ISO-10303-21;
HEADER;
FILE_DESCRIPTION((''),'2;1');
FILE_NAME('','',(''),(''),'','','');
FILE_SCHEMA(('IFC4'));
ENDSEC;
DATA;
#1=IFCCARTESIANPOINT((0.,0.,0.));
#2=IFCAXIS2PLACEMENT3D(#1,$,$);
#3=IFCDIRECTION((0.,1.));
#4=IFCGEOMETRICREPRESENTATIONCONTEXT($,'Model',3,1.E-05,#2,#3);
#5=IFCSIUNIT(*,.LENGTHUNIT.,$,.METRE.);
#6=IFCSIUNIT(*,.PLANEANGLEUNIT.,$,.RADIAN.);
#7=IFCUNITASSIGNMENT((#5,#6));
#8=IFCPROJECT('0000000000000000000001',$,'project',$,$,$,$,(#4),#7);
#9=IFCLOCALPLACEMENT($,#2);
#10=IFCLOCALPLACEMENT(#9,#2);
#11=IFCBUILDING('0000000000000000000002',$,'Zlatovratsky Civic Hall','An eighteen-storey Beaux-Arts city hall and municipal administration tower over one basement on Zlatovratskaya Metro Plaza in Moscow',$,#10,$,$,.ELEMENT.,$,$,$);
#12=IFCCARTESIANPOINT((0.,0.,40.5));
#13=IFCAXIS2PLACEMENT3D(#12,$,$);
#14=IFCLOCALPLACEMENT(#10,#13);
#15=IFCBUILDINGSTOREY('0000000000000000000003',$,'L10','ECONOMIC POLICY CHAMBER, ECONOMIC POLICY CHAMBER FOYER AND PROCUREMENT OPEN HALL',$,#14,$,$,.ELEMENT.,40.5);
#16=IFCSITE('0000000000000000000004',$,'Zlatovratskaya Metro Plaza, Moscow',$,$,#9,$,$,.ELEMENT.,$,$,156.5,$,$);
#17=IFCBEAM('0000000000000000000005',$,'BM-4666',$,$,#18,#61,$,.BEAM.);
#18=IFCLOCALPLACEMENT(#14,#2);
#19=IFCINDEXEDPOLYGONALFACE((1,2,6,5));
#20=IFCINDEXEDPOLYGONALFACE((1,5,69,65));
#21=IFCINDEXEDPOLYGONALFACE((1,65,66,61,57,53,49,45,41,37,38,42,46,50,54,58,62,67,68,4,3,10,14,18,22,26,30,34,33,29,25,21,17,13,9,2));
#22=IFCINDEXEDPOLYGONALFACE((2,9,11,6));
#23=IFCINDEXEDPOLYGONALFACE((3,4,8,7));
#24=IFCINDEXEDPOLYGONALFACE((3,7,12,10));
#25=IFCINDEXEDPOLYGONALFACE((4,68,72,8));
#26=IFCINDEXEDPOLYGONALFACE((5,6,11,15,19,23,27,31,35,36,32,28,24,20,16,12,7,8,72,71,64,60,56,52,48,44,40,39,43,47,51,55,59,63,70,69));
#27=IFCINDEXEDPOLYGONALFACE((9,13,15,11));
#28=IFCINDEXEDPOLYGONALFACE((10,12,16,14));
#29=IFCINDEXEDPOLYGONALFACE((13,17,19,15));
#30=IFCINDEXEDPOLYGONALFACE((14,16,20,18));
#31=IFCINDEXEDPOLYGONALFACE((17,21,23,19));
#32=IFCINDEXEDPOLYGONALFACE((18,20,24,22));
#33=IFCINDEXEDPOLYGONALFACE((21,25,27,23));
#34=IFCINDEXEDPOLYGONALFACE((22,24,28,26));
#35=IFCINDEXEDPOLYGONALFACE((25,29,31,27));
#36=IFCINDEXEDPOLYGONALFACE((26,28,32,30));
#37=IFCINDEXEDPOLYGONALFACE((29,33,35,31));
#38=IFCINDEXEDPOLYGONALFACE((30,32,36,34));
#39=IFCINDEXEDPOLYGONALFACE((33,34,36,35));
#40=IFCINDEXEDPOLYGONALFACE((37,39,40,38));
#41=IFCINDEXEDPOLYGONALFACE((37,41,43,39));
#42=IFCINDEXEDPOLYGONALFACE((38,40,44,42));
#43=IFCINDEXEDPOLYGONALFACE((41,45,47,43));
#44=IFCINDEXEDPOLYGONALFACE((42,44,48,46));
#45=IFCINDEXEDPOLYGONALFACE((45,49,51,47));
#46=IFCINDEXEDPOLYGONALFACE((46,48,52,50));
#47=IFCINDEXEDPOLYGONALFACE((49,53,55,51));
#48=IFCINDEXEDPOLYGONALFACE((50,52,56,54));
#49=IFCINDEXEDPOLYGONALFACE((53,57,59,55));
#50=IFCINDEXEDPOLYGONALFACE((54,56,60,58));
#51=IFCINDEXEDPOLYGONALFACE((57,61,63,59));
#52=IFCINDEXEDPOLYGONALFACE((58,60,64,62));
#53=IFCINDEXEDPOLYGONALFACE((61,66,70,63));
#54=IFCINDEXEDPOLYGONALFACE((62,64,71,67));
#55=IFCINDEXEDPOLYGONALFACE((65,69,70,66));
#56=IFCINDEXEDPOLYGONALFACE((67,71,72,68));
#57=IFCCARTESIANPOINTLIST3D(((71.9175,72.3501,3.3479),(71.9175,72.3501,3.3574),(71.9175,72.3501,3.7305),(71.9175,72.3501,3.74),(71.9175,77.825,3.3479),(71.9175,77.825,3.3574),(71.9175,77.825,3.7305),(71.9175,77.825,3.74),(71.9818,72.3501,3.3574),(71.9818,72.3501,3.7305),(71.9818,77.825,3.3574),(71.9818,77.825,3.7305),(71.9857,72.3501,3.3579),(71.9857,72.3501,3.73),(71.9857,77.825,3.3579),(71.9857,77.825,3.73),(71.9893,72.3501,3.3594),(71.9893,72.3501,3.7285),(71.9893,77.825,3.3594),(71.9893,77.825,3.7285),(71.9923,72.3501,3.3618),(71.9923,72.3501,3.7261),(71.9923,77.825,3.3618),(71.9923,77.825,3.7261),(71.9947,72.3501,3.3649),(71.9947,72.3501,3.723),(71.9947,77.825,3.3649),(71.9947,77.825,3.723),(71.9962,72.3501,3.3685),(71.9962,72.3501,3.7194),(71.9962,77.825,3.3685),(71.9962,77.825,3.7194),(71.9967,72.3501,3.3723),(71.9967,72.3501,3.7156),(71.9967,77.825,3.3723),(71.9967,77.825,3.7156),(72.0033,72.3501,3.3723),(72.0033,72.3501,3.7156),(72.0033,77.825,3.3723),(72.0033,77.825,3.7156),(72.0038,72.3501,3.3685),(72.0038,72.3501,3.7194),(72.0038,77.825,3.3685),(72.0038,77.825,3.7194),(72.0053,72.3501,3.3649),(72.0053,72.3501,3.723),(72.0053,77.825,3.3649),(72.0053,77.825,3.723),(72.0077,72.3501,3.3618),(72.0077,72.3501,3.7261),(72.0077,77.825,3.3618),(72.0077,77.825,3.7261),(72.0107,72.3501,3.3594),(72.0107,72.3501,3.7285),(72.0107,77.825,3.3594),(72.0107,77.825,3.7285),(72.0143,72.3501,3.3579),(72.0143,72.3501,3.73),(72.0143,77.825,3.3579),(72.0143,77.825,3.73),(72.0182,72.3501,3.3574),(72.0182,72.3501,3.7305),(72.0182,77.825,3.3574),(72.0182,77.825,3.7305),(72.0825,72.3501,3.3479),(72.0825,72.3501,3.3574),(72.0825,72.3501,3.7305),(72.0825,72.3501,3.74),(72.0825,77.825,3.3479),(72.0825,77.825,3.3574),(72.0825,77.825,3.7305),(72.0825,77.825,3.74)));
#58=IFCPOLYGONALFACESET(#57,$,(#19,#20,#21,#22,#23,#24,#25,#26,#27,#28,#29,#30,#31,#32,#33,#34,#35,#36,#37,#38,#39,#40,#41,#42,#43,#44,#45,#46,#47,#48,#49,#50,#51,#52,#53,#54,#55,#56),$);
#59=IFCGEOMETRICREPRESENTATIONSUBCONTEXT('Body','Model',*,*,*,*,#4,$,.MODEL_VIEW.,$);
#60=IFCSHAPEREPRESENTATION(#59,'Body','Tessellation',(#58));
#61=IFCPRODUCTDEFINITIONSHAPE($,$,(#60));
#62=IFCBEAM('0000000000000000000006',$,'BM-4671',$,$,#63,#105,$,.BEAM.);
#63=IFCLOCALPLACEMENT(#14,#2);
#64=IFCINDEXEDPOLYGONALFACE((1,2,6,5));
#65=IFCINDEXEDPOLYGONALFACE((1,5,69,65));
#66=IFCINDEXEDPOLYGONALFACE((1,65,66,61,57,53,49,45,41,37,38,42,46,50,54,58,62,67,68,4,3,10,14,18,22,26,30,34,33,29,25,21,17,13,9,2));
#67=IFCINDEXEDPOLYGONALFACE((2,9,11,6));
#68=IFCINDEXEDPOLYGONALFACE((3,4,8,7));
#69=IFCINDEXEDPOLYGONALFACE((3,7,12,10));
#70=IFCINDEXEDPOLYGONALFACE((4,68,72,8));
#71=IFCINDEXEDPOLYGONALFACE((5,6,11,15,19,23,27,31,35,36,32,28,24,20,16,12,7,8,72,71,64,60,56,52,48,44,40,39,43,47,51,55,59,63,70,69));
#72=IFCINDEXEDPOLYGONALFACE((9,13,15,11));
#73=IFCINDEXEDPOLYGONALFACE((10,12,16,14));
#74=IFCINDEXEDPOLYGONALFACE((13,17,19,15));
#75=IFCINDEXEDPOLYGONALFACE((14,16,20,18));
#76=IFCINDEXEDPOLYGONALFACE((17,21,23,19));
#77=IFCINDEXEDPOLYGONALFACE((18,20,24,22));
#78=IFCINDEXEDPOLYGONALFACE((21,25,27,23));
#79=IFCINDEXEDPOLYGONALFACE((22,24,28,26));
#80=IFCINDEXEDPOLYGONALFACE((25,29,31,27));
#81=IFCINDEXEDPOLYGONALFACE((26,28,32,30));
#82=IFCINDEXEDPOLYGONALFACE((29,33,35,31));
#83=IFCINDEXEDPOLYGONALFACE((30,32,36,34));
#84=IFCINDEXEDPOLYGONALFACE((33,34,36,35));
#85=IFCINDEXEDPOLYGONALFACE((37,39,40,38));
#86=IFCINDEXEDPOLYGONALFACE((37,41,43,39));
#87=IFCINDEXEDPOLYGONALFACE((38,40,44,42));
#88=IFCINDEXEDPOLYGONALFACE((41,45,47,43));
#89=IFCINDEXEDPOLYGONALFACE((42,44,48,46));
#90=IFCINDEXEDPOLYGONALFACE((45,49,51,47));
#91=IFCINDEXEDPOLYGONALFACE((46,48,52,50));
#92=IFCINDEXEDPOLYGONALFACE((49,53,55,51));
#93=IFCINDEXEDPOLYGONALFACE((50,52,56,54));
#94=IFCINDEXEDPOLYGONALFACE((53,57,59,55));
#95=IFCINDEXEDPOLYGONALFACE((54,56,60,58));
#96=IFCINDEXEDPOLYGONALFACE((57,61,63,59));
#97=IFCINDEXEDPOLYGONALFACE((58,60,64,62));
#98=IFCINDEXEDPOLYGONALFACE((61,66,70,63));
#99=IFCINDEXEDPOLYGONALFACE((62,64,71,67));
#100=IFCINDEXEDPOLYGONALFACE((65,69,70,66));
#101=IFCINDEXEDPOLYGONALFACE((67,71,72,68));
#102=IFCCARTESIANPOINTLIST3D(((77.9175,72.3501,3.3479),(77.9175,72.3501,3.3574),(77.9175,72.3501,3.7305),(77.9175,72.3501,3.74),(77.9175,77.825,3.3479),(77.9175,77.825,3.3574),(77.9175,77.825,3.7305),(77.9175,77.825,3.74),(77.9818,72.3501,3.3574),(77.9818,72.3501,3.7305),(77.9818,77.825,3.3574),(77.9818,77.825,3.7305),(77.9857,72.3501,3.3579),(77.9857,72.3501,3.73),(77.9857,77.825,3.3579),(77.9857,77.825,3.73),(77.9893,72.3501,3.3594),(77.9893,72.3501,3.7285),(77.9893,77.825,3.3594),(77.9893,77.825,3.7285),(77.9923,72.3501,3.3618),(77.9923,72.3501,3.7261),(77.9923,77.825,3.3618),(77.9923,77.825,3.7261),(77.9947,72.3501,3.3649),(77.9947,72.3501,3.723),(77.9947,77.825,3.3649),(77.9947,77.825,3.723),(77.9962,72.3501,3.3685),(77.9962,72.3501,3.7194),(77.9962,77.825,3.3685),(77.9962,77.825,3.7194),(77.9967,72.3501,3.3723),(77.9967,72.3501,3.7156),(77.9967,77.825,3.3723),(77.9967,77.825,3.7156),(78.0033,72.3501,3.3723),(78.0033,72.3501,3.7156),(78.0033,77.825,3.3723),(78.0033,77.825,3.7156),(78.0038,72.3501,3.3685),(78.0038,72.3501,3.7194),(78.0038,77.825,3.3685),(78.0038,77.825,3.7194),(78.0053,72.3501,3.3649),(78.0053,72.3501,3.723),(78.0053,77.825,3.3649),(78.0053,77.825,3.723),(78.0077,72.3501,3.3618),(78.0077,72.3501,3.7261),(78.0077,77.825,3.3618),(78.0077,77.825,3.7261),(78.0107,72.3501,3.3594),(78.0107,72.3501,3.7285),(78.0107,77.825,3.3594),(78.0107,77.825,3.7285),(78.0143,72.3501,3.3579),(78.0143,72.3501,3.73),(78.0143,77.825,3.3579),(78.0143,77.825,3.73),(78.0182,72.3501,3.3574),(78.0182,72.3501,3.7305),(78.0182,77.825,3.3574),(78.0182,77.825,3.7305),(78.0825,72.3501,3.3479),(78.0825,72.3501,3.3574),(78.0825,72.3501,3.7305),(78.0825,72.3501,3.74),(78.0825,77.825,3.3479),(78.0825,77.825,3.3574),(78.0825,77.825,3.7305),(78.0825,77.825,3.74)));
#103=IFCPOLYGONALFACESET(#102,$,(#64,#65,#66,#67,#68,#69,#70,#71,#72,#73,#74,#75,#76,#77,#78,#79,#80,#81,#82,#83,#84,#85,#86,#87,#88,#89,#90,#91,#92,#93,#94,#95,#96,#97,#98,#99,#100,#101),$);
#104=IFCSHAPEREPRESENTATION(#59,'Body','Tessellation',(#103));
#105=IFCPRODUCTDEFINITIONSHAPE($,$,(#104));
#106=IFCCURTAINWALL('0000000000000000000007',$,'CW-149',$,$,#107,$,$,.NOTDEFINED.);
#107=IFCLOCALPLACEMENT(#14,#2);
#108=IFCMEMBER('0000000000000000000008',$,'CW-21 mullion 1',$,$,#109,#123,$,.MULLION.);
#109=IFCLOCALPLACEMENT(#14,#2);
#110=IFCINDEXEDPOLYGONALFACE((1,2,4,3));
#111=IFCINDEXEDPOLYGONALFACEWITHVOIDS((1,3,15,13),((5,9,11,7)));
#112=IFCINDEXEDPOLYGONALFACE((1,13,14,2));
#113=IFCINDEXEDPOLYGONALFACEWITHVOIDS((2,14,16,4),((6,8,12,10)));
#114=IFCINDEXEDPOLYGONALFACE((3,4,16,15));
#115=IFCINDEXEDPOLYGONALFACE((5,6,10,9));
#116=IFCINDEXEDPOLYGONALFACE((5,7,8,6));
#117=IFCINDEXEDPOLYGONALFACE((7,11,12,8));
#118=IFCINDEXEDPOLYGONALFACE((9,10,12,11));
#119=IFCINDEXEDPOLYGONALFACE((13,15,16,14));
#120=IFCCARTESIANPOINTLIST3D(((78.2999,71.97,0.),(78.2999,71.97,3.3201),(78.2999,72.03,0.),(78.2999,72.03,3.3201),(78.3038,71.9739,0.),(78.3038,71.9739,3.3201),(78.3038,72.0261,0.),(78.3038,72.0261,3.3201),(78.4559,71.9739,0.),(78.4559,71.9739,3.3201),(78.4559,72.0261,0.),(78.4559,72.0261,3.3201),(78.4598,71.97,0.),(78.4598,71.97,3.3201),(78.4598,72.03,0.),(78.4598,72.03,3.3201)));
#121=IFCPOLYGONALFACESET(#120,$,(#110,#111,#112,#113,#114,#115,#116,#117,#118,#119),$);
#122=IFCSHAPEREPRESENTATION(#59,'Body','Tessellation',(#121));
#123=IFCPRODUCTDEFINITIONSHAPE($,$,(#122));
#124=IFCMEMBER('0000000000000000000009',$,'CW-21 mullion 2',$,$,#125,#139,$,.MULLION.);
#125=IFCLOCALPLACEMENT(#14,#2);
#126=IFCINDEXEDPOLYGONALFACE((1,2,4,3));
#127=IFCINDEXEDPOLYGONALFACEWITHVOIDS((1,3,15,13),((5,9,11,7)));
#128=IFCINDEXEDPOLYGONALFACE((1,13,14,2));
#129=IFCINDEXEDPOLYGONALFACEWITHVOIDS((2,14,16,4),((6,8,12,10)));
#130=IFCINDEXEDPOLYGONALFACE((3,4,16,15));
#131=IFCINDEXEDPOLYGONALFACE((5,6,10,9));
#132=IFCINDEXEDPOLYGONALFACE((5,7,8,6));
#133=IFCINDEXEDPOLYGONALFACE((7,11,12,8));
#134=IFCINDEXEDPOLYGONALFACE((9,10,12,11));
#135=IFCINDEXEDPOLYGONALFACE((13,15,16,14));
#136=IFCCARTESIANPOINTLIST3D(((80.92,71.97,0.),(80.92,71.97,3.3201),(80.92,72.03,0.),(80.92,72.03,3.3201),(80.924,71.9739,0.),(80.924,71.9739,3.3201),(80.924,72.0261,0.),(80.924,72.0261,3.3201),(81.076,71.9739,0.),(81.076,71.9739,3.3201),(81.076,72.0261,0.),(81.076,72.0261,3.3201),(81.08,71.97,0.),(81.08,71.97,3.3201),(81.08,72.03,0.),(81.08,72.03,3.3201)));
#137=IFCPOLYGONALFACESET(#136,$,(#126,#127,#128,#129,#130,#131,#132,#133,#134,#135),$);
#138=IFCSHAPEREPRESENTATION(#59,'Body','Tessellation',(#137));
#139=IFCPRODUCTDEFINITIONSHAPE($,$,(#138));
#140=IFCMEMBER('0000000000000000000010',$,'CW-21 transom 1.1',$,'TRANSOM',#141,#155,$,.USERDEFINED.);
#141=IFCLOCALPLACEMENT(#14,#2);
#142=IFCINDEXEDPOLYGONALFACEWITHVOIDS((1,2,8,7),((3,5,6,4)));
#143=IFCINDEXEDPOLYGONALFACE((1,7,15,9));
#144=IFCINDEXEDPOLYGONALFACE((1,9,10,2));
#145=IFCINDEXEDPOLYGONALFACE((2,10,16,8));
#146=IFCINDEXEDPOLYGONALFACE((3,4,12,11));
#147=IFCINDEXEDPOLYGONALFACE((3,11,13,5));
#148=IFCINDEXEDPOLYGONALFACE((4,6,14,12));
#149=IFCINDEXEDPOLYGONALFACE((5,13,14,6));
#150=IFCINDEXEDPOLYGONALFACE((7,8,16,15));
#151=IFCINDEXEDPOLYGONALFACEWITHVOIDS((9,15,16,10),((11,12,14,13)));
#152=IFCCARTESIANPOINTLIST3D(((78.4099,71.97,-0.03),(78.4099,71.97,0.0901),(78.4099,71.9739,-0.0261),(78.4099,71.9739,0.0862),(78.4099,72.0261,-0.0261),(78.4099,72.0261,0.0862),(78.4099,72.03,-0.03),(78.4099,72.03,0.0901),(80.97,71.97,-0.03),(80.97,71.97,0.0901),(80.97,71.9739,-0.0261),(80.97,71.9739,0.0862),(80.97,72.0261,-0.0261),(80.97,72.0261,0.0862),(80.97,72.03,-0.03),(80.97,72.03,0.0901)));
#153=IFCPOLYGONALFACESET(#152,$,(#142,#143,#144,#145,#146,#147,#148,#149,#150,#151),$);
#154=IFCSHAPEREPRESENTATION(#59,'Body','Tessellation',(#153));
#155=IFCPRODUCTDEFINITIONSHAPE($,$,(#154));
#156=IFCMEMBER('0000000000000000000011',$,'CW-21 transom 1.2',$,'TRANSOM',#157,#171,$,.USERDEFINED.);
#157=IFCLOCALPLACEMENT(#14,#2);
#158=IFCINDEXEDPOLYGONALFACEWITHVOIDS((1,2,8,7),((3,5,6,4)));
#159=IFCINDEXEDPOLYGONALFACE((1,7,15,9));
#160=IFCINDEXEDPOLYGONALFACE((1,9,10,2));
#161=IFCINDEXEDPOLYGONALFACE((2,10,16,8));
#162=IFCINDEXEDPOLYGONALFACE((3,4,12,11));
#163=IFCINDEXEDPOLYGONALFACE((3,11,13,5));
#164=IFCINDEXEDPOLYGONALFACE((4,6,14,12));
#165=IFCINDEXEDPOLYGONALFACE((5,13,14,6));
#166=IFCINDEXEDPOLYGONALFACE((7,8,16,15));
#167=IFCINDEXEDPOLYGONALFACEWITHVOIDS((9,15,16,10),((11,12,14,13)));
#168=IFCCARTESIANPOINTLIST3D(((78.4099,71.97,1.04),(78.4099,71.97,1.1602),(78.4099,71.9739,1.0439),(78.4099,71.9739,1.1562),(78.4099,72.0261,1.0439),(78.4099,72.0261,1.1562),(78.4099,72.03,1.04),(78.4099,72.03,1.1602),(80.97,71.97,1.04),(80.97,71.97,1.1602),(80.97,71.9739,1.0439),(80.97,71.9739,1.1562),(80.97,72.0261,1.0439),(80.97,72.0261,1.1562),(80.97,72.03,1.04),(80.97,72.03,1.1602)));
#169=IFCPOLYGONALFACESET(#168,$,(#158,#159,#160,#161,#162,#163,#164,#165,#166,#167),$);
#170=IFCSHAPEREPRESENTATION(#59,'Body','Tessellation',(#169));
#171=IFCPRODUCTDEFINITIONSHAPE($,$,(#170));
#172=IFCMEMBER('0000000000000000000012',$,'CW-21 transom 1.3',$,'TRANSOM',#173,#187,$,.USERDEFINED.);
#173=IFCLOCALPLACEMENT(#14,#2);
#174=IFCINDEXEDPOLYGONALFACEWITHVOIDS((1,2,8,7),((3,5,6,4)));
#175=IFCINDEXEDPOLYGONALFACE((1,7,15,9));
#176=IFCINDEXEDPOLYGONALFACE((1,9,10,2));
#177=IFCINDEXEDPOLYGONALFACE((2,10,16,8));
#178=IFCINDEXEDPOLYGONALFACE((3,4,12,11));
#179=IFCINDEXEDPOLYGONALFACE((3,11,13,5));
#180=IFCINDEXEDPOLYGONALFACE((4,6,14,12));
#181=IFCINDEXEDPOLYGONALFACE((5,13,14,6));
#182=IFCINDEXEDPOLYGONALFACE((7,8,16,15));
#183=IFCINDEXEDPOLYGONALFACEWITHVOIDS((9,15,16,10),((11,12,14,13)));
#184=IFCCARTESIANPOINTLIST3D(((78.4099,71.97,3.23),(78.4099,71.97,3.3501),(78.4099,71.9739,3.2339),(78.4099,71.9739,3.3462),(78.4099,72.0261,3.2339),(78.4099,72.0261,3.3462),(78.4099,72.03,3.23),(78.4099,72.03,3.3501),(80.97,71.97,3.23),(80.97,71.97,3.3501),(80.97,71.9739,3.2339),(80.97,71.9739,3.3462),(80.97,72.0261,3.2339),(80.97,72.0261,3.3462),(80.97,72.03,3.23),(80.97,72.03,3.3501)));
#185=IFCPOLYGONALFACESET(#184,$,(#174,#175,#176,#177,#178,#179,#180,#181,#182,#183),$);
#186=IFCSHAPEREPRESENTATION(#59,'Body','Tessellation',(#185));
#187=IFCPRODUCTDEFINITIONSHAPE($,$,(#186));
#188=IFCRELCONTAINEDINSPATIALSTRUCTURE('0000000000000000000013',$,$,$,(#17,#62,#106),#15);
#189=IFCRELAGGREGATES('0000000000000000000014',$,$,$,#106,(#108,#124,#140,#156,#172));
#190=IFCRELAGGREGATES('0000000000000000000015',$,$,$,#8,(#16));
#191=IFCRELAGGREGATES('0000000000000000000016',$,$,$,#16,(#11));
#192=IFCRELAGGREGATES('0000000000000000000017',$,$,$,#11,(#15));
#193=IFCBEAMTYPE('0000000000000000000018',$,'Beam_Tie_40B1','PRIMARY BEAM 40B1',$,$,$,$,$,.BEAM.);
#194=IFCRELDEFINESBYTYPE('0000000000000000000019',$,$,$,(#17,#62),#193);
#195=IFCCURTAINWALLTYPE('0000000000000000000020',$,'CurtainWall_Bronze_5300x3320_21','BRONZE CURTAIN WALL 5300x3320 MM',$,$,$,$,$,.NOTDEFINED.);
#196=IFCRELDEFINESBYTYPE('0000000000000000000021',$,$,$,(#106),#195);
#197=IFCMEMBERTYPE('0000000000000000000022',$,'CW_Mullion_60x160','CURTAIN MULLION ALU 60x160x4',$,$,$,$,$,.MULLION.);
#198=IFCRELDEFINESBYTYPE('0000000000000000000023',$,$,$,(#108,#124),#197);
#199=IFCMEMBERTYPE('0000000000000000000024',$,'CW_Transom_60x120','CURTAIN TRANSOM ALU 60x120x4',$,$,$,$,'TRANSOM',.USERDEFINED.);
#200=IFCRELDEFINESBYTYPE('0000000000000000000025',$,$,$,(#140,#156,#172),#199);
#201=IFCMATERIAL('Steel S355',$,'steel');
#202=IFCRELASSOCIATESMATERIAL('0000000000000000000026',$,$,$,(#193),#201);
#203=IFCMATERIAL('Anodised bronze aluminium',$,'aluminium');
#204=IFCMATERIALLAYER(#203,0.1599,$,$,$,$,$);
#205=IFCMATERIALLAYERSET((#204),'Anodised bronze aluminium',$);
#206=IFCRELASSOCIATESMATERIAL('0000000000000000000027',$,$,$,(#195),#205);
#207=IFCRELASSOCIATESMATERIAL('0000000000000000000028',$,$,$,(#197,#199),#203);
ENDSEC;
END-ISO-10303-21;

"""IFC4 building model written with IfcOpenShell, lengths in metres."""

from ifc_helpers import new_model, si_unit, direction, frame, origin, origin_2d, place, context, subcontext, project, spatial, hollow_rectangle, i_section, extrude, material, layer, layer_set, material_profile, profile_set, type_object, element, aggregate, save


model = new_model("IFC4")

# Units and contexts
model_context = context("Model", 3, precision=1e-05, world=origin(), true_north=direction((0.0, 1.0)))
body_context = subcontext(model_context, "Body", "Model", "MODEL_VIEW")
ifc_project = project(units=[si_unit("LENGTHUNIT", "METRE"), si_unit("PLANEANGLEUNIT", "RADIAN")], contexts=[model_context])

# Site, building, storey
site_placement = place(None, origin())
site = spatial("IfcSite", under=ifc_project, at=site_placement, Name="Zlatovratskaya Metro Plaza, Moscow", CompositionType="ELEMENT", RefElevation=156.5)
building_placement = place(site_placement, origin())
building = spatial("IfcBuilding", under=site, at=building_placement, Name="Zlatovratsky Civic Hall", Description="An eighteen-storey Beaux-Arts city hall and municipal administration tower over one basement on Zlatovratskaya Metro Plaza in Moscow", CompositionType="ELEMENT")
storey_placement = place(building_placement, frame((0.0, 0.0, 40.5)))
storey = spatial("IfcBuildingStorey", under=building, at=storey_placement, Name="L10", Description="ECONOMIC POLICY CHAMBER, ECONOMIC POLICY CHAMBER FOYER AND PROCUREMENT OPEN HALL", CompositionType="ELEMENT", Elevation=40.5)

# Shared definitions
ifc_material_1 = material(Name="Steel S355", Category="steel")

# Beams
ifc_material_profile_1 = material_profile(ifc_material_1, i_section(OverallWidth=0.165, OverallDepth=0.3921, WebThickness=0.0066, FlangeThickness=0.0095, FilletRadius=0.0149, at=origin_2d()), Name="40B1")
ifc_profile_set_1 = profile_set([ifc_material_profile_1], Name="Steel S355")
beam_type_1 = type_object("IfcBeamType", Name="Beam_Tie_40B1", Description="PRIMARY BEAM 40B1", PredefinedType="BEAM", material=ifc_profile_set_1)
for number, where, z_axis, x_axis, name in (
    (1, (72.0, 72.3501, 3.5439), (0.0, 1.0, 0.0), (-1.0, 0.0, 0.0), "BM-4666"),
    (2, (78.0, 72.3501, 3.5439), (0.0, 1.0, 0.0), (-1.0, 0.0, 0.0), "BM-4671"),
):
    element("IfcBeam", number, at=place(storey_placement, frame(where, z_axis=z_axis, x_axis=x_axis)), inside=storey, type_object=beam_type_1, Name=name, PredefinedType="BEAM", context=body_context, shape_type="SweptSolid", body=[
        extrude(i_section(OverallWidth=0.165, OverallDepth=0.3921, WebThickness=0.0066, FlangeThickness=0.0095, FilletRadius=0.0149, at=origin_2d()), origin(), (0.0, 0.0, 1.0), 5.4749),
    ])

# Curtain wall, members
ifc_material_2 = material(Name="Anodised bronze aluminium", Category="aluminium")
ifc_layer_1 = layer(ifc_material_2, 0.1599)
ifc_layer_set_1 = layer_set([ifc_layer_1], Name="Anodised bronze aluminium")
curtain_wall_type = type_object("IfcCurtainWallType", Name="CurtainWall_Bronze_5300x3320_21", Description="BRONZE CURTAIN WALL 5300x3320 MM", PredefinedType="NOTDEFINED", material=ifc_layer_set_1)
curtain_wall_placement = place(storey_placement, origin())
curtain_wall = element("IfcCurtainWall", 3, at=curtain_wall_placement, inside=storey, type_object=curtain_wall_type, Name="CW-149", PredefinedType="NOTDEFINED")
ifc_material_profile_2 = material_profile(ifc_material_2, hollow_rectangle(XDim=0.0601, YDim=0.1599, WallThickness=0.0039, at=origin_2d()), Name="ALU 60x160x4")
ifc_profile_set_2 = profile_set([ifc_material_profile_2], Name="Anodised bronze aluminium")
member_type_1 = type_object("IfcMemberType", Name="CW_Mullion_60x160", Description="CURTAIN MULLION ALU 60x160x4", PredefinedType="MULLION", material=ifc_profile_set_2)
member_1_placement = place(storey_placement, frame((78.3799, 72.0, 0.0), z_axis=(0.0, 0.0, 1.0), x_axis=(0.0, 1.0, 0.0)))
member_1 = element("IfcMember", 4, at=member_1_placement, type_object=member_type_1, Name="CW-21 mullion 1", PredefinedType="MULLION", context=body_context, shape_type="SweptSolid", body=[
    extrude(hollow_rectangle(XDim=0.0601, YDim=0.1599, WallThickness=0.0039, at=origin_2d()), origin(), (0.0, 0.0, 1.0), 3.3201),
])
member_2_placement = place(storey_placement, frame((81.0, 72.0, 0.0), z_axis=(0.0, 0.0, 1.0), x_axis=(0.0, 1.0, 0.0)))
member_2 = element("IfcMember", 5, at=member_2_placement, type_object=member_type_1, Name="CW-21 mullion 2", PredefinedType="MULLION", context=body_context, shape_type="SweptSolid", body=[
    extrude(hollow_rectangle(XDim=0.0601, YDim=0.1599, WallThickness=0.0039, at=origin_2d()), origin(), (0.0, 0.0, 1.0), 3.3201),
])
ifc_material_profile_3 = material_profile(ifc_material_2, hollow_rectangle(XDim=0.0601, YDim=0.1201, WallThickness=0.0039, at=origin_2d()), Name="ALU 60x120x4")
ifc_profile_set_3 = profile_set([ifc_material_profile_3], Name="Anodised bronze aluminium")
member_type_2 = type_object("IfcMemberType", Name="CW_Transom_60x120", Description="CURTAIN TRANSOM ALU 60x120x4", ElementType="TRANSOM", PredefinedType="USERDEFINED", material=ifc_profile_set_3)
member_3_placement = place(storey_placement, frame((78.4099, 72.0, 0.03), z_axis=(1.0, 0.0, 0.0), x_axis=(0.0, 1.0, 0.0)))
member_3 = element("IfcMember", 6, at=member_3_placement, type_object=member_type_2, Name="CW-21 transom 1.1", ObjectType="TRANSOM", PredefinedType="USERDEFINED", context=body_context, shape_type="SweptSolid", body=[
    extrude(hollow_rectangle(XDim=0.0601, YDim=0.1201, WallThickness=0.0039, at=origin_2d()), origin(), (0.0, 0.0, 1.0), 2.5601),
])
member_4_placement = place(storey_placement, frame((78.4099, 72.0, 1.1001), z_axis=(1.0, 0.0, 0.0), x_axis=(0.0, 1.0, 0.0)))
member_4 = element("IfcMember", 7, at=member_4_placement, type_object=member_type_2, Name="CW-21 transom 1.2", ObjectType="TRANSOM", PredefinedType="USERDEFINED", context=body_context, shape_type="SweptSolid", body=[
    extrude(hollow_rectangle(XDim=0.0601, YDim=0.1201, WallThickness=0.0039, at=origin_2d()), origin(), (0.0, 0.0, 1.0), 2.5601),
])
member_5_placement = place(storey_placement, frame((78.4099, 72.0, 3.29), z_axis=(1.0, 0.0, 0.0), x_axis=(0.0, 1.0, 0.0)))
member_5 = element("IfcMember", 8, at=member_5_placement, type_object=member_type_2, Name="CW-21 transom 1.3", ObjectType="TRANSOM", PredefinedType="USERDEFINED", context=body_context, shape_type="SweptSolid", body=[
    extrude(hollow_rectangle(XDim=0.0601, YDim=0.1201, WallThickness=0.0039, at=origin_2d()), origin(), (0.0, 0.0, 1.0), 2.5601),
])
aggregate(curtain_wall, [member_1, member_2, member_3, member_4, member_5])

save(model, "model.ifc")
